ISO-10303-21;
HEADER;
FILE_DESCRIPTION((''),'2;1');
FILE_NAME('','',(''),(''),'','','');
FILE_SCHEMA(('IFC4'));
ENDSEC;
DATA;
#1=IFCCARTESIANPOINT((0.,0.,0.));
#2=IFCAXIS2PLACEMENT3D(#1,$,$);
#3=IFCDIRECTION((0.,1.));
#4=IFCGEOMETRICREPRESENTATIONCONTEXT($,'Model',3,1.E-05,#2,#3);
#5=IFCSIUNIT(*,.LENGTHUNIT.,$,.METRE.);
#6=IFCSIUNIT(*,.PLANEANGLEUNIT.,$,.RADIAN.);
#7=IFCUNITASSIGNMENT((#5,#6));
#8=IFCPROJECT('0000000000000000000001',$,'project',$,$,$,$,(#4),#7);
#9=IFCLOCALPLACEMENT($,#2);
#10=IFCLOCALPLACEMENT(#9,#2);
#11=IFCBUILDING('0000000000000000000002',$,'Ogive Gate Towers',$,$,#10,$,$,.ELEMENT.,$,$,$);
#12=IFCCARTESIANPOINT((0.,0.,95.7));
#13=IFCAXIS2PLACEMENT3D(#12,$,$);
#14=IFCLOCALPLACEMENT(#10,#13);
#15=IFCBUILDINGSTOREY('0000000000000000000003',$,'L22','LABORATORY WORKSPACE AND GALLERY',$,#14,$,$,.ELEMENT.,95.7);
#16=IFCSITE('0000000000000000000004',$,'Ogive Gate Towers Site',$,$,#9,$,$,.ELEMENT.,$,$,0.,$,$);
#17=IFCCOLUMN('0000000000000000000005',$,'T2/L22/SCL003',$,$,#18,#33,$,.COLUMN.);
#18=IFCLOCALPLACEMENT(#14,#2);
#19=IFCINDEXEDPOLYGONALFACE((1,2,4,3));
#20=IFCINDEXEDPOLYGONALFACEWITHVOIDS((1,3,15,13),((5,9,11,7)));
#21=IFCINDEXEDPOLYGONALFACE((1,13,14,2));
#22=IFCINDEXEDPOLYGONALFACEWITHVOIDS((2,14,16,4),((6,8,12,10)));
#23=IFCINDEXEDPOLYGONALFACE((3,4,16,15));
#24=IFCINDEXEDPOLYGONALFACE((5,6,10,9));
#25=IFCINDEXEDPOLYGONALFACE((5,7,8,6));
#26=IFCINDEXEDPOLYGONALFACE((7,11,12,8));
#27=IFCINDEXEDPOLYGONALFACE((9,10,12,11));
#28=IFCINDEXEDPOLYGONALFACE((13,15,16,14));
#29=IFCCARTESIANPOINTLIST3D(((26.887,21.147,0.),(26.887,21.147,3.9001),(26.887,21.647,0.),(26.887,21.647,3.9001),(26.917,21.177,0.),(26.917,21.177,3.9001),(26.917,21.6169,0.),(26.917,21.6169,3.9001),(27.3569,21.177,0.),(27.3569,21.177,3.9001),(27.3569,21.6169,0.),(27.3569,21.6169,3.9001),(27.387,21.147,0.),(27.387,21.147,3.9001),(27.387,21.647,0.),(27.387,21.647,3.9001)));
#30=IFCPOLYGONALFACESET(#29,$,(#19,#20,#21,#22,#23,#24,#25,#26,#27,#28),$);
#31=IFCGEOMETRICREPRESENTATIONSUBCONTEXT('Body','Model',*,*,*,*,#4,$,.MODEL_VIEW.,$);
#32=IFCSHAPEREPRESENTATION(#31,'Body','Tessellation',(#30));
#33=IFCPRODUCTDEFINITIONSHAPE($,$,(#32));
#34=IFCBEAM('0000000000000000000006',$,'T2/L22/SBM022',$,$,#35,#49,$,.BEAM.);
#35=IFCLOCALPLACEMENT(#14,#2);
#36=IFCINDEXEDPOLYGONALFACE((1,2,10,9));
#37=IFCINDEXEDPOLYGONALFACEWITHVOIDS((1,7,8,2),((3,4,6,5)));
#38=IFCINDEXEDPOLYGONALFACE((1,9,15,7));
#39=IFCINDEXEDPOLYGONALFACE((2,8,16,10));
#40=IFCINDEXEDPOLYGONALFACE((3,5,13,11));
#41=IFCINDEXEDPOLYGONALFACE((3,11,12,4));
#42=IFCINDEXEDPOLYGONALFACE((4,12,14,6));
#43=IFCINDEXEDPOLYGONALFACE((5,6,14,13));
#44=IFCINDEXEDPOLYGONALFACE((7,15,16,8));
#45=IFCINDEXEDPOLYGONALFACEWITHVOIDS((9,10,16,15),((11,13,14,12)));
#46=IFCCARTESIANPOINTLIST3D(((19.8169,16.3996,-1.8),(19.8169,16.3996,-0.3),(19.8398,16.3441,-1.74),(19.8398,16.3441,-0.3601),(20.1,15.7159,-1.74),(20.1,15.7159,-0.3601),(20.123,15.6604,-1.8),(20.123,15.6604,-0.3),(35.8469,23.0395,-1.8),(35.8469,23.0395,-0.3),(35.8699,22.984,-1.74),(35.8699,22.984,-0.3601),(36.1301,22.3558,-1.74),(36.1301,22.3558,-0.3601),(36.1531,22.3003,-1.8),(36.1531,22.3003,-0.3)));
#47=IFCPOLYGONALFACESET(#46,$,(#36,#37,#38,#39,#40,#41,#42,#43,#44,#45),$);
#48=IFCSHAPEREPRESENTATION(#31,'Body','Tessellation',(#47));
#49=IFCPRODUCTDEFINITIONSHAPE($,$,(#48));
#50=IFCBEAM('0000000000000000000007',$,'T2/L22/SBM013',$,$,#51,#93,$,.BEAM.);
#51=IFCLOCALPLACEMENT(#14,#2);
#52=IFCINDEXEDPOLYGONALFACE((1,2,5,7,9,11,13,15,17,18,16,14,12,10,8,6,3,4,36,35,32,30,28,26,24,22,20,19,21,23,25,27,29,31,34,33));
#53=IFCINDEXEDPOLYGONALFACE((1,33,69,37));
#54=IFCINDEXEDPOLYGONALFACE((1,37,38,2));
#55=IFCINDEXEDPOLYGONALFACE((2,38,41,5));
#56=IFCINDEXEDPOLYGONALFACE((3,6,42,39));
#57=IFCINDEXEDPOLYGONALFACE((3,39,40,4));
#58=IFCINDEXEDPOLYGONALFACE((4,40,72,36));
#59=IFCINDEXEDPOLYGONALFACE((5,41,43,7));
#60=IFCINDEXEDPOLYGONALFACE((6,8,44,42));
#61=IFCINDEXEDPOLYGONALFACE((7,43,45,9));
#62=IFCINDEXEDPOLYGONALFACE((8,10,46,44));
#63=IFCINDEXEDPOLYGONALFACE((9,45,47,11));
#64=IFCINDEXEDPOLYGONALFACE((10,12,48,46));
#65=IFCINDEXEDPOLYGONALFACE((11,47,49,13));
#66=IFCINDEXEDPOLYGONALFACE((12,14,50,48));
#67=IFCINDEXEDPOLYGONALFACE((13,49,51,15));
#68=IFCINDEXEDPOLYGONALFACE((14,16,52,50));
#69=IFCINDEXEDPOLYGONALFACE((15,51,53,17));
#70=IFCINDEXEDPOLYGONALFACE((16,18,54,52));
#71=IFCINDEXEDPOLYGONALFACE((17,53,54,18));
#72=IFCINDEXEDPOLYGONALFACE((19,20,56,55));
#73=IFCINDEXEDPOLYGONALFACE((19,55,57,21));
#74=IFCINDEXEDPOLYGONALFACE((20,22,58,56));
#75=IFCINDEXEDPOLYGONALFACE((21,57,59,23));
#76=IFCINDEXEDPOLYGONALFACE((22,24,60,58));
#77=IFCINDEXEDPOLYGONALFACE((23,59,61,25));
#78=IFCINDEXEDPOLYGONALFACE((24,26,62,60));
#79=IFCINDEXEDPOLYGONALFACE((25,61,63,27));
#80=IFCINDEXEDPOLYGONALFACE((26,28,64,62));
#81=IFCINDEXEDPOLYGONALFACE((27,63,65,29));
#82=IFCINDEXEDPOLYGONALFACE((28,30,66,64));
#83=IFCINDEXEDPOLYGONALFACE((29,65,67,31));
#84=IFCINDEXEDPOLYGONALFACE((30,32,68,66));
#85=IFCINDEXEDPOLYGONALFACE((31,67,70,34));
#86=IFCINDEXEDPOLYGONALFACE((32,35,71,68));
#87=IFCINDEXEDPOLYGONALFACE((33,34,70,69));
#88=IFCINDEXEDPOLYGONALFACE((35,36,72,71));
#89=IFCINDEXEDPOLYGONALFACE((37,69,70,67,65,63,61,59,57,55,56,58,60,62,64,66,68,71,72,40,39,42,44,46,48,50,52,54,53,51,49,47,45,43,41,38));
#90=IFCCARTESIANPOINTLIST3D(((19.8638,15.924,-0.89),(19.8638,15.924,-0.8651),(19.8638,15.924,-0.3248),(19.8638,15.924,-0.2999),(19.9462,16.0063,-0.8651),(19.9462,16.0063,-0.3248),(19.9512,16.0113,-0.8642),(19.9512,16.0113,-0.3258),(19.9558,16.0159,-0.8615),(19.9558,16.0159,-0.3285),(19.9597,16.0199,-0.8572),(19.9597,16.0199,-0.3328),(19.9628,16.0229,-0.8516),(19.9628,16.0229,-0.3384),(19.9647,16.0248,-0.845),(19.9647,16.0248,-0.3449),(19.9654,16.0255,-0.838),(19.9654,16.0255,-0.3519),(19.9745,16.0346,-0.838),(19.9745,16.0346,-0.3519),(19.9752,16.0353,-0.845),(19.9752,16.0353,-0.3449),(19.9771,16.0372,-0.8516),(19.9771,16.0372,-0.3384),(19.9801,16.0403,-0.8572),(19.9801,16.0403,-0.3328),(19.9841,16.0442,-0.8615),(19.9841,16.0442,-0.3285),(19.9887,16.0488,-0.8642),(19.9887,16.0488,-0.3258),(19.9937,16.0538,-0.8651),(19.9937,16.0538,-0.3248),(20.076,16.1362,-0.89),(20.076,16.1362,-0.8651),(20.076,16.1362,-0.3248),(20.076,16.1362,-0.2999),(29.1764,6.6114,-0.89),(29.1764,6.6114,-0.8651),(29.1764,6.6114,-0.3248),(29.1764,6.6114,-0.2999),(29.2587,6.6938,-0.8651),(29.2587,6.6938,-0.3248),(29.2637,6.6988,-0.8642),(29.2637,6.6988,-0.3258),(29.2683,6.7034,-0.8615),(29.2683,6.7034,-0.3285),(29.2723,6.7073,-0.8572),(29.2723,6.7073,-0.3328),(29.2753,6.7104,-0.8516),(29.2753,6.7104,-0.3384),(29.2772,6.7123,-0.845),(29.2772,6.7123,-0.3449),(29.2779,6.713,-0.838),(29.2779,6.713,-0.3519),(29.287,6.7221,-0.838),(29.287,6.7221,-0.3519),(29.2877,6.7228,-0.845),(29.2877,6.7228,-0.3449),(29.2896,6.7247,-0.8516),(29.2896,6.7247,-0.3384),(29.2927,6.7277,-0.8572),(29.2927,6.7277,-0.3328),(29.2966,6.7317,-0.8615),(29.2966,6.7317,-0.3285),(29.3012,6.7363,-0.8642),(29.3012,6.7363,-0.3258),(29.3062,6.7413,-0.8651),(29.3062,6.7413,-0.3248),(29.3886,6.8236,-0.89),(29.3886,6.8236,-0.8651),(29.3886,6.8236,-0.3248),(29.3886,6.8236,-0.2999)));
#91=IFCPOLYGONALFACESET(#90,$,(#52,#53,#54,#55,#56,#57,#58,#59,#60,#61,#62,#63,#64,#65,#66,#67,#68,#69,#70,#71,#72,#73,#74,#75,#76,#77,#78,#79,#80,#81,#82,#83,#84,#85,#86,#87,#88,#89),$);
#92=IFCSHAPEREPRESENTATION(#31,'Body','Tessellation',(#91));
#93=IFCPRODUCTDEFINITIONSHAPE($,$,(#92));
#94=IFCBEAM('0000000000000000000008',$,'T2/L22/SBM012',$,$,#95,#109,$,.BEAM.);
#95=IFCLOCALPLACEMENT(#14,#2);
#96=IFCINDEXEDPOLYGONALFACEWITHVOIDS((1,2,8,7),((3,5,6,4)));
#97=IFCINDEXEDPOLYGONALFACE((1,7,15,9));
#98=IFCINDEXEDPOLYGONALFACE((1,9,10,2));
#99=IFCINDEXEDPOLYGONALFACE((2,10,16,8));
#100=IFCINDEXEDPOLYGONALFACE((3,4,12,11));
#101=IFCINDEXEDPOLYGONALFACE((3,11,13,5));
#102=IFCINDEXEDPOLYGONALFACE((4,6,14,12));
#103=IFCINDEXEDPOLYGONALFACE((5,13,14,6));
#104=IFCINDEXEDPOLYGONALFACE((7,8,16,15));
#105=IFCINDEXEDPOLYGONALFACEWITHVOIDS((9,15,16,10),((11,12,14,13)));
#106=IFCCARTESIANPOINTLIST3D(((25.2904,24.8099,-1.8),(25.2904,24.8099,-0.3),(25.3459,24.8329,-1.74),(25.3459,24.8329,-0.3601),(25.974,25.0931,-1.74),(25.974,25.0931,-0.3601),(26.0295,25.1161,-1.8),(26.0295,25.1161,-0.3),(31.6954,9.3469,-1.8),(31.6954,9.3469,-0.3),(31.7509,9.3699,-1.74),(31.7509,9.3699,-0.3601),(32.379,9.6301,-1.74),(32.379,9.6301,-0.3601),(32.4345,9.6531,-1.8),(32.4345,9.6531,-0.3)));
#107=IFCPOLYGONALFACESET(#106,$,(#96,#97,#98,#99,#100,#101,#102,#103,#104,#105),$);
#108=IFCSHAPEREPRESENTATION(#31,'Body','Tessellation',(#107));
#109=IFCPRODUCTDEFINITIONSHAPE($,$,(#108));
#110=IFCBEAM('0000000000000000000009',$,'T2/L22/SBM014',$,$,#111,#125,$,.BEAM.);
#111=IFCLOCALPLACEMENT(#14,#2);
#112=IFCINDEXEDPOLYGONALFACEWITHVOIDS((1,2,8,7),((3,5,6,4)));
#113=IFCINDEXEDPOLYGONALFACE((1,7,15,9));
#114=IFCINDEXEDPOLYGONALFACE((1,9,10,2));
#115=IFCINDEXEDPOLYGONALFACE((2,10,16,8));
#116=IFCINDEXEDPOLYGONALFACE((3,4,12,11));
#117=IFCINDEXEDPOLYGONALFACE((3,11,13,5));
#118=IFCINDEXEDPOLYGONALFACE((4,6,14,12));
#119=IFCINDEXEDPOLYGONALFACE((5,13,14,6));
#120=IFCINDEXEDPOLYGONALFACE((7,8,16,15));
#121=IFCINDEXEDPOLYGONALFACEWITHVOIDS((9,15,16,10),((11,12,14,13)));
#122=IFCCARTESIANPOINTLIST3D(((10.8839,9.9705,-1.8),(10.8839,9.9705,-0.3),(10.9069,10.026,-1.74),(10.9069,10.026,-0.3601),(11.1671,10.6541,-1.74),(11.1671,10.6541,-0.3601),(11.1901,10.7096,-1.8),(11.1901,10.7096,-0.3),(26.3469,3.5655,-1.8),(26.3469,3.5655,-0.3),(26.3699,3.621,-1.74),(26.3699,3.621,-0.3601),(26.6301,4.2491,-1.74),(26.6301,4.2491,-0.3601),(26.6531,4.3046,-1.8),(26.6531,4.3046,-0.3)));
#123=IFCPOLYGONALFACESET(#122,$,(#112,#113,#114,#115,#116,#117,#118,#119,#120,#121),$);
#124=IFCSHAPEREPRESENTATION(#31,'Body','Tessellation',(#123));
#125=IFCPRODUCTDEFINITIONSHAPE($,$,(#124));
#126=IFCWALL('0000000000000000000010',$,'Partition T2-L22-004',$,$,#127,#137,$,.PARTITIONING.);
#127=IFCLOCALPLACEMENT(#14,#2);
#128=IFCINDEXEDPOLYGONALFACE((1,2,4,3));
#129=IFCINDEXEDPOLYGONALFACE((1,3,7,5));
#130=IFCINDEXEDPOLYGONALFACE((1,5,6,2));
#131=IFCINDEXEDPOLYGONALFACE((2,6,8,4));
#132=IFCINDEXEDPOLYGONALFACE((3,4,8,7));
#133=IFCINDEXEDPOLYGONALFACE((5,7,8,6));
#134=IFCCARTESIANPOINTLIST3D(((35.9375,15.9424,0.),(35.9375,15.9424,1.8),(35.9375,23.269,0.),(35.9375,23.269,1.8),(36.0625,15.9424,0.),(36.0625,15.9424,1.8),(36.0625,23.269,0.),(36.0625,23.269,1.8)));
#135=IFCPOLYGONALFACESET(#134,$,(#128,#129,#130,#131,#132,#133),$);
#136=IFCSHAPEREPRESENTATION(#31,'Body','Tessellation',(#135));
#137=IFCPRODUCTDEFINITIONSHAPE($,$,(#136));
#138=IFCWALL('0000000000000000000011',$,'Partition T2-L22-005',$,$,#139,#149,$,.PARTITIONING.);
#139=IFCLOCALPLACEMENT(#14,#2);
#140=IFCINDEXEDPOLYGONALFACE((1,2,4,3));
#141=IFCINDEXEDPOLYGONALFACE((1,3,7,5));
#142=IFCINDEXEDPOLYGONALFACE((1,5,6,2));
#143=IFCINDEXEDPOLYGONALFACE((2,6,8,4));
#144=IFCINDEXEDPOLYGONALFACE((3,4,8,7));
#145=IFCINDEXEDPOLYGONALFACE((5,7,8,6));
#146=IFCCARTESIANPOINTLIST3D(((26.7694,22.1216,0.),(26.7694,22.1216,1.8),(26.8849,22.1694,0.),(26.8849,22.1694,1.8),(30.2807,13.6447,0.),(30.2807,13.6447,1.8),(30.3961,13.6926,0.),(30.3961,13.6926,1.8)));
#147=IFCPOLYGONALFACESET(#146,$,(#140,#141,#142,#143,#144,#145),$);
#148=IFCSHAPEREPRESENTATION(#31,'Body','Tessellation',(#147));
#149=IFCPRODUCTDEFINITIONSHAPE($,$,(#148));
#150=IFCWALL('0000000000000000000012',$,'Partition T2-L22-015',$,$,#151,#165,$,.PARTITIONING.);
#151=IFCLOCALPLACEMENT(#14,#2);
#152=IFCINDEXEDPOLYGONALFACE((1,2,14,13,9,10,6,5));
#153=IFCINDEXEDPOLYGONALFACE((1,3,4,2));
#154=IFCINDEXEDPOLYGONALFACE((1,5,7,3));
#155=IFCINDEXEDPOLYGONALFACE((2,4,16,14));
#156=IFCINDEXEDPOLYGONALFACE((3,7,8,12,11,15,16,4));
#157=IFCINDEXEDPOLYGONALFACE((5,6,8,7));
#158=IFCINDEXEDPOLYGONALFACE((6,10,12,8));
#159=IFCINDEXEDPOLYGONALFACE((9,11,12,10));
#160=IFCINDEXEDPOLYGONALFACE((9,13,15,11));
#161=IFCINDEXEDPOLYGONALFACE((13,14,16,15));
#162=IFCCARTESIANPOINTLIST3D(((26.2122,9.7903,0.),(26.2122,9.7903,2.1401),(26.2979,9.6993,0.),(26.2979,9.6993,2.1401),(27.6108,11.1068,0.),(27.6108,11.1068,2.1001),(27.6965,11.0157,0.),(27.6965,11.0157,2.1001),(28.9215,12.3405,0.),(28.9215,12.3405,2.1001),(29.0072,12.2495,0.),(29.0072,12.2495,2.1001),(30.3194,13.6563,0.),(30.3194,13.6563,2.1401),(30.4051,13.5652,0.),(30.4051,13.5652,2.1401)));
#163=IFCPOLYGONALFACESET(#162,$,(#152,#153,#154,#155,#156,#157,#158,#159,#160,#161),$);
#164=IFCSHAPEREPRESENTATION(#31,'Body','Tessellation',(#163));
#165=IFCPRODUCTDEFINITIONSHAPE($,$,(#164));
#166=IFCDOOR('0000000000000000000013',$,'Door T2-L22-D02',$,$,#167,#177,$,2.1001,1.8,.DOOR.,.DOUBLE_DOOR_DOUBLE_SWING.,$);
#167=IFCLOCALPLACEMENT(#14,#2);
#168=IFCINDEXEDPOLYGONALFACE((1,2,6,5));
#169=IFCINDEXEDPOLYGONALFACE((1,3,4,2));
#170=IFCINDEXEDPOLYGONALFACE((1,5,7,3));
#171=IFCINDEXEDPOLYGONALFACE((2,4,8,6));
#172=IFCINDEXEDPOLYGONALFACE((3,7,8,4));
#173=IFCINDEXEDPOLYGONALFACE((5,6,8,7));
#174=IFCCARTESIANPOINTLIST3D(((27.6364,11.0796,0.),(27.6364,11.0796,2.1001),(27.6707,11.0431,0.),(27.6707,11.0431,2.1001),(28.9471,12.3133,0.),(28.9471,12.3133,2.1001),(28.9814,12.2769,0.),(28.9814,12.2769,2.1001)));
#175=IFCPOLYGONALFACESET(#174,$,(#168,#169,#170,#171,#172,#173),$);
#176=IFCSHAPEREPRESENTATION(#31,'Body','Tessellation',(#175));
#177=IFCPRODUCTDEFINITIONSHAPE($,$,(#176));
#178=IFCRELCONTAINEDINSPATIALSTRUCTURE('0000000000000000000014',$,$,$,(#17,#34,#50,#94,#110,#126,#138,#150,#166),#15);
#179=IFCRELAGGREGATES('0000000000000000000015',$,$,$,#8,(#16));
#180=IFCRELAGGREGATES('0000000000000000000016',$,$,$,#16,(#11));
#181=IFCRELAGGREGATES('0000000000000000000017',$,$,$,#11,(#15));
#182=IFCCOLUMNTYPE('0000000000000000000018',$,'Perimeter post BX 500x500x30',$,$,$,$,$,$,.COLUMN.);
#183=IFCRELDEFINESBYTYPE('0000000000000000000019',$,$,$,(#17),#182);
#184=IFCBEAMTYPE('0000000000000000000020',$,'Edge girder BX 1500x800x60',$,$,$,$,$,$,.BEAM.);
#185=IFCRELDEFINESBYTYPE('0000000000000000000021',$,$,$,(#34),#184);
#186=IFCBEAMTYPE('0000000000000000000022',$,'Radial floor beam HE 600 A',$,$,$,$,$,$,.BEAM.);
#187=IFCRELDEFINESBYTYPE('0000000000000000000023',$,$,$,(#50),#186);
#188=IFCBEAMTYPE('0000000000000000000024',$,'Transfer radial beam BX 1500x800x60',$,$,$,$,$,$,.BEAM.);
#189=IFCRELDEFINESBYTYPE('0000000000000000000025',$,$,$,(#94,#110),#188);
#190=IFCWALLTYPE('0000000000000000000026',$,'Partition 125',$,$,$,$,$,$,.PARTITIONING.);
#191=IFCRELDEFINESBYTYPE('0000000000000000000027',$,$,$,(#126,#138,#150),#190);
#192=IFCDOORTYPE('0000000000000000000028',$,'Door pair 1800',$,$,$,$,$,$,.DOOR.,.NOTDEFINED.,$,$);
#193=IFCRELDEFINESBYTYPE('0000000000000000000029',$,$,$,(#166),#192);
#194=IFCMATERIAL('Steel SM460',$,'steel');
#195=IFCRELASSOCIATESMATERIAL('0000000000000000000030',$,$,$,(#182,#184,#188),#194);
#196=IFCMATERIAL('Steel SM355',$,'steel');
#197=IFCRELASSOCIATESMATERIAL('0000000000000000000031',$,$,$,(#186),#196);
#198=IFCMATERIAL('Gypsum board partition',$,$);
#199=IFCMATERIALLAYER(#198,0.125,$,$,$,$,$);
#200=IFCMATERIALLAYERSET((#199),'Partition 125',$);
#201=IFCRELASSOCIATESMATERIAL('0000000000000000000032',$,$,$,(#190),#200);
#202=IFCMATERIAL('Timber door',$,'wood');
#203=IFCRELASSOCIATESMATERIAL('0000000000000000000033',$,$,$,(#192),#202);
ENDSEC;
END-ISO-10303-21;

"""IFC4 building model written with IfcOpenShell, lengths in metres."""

from ifc_helpers import new_model, si_unit, direction, frame, frame_2d, origin, origin_2d, place, context, subcontext, project, spatial, rectangle, hollow_rectangle, i_section, extrude, material, layer, layer_set, material_profile, profile_set, type_object, element, fill, save


model = new_model("IFC4")

# Units and contexts
model_context = context("Model", 3, precision=1e-05, world=origin(), true_north=direction((0.0, 1.0)))
body_context = subcontext(model_context, "Body", "Model", "MODEL_VIEW")
ifc_project = project(units=[si_unit("LENGTHUNIT", "METRE"), si_unit("PLANEANGLEUNIT", "RADIAN")], contexts=[model_context])

# Site, building, storey
site_placement = place(None, origin())
site = spatial("IfcSite", under=ifc_project, at=site_placement, Name="Ogive Gate Towers Site", CompositionType="ELEMENT", RefElevation=0.0)
building_placement = place(site_placement, origin())
building = spatial("IfcBuilding", under=site, at=building_placement, Name="Ogive Gate Towers", CompositionType="ELEMENT")
storey_placement = place(building_placement, frame((0.0, 0.0, 95.7)))
storey = spatial("IfcBuildingStorey", under=building, at=storey_placement, Name="L22", Description="LABORATORY WORKSPACE AND GALLERY", CompositionType="ELEMENT", Elevation=95.7)

# Column
ifc_material_1 = material(Name="Steel SM460", Category="steel")
ifc_material_profile_1 = material_profile(ifc_material_1, hollow_rectangle(XDim=0.5, YDim=0.5, WallThickness=0.03, at=origin_2d()), Name="BX 500x500x30")
ifc_profile_set_1 = profile_set([ifc_material_profile_1], Name="Steel SM460")
column_type = type_object("IfcColumnType", Name="Perimeter post BX 500x500x30", PredefinedType="COLUMN", material=ifc_profile_set_1)
column_placement = place(storey_placement, frame((27.137, 21.397, 0.0), z_axis=(0.0, 0.0, 1.0), x_axis=(1.0, 0.0, 0.0)))
element("IfcColumn", 1, at=column_placement, inside=storey, type_object=column_type, Name="T2/L22/SCL003", PredefinedType="COLUMN", context=body_context, shape_type="SweptSolid", body=[
    extrude(hollow_rectangle(XDim=0.5, YDim=0.5, WallThickness=0.03, at=origin_2d()), origin(), (0.0, 0.0, 1.0), 3.9001),
])

# Beams
ifc_material_profile_2 = material_profile(ifc_material_1, hollow_rectangle(XDim=0.8, YDim=1.5, WallThickness=0.0601, at=origin_2d()), Name="BX 1500x800x60")
ifc_profile_set_2 = profile_set([ifc_material_profile_2], Name="Steel SM460")
beam_type_1 = type_object("IfcBeamType", Name="Edge girder BX 1500x800x60", PredefinedType="BEAM", material=ifc_profile_set_2)
beam_1_placement = place(storey_placement, frame((36.0, 22.6699, -1.05), z_axis=(-0.923879, -0.382685, 0.0), x_axis=(0.382685, -0.923879, 0.0)))
element("IfcBeam", 2, at=beam_1_placement, inside=storey, type_object=beam_type_1, Name="T2/L22/SBM022", PredefinedType="BEAM", context=body_context, shape_type="SweptSolid", body=[
    extrude(hollow_rectangle(XDim=0.8, YDim=1.5, WallThickness=0.0601, at=origin_2d()), origin(), (0.0, 0.0, 1.0), 17.3508),
])
ifc_material_2 = material(Name="Steel SM355", Category="steel")
ifc_material_profile_3 = material_profile(ifc_material_2, i_section(OverallWidth=0.3, OverallDepth=0.5901, WebThickness=0.0129, FlangeThickness=0.0249, FilletRadius=0.0271, at=origin_2d()), Name="HE 600 A")
ifc_profile_set_3 = profile_set([ifc_material_profile_3], Name="Steel SM355")
beam_type_2 = type_object("IfcBeamType", Name="Radial floor beam HE 600 A", PredefinedType="BEAM", material=ifc_profile_set_3)
beam_2_placement = place(storey_placement, frame((29.2825, 6.7175, -0.595), z_axis=(-0.707107, 0.707107, 0.0), x_axis=(-0.707107, -0.707107, 0.0)))
element("IfcBeam", 3, at=beam_2_placement, inside=storey, type_object=beam_type_2, Name="T2/L22/SBM013", PredefinedType="BEAM", context=body_context, shape_type="SweptSolid", body=[
    extrude(i_section(OverallWidth=0.3, OverallDepth=0.5901, WebThickness=0.0129, FlangeThickness=0.0249, FilletRadius=0.0271, at=origin_2d()), origin(), (0.0, 0.0, 1.0), 13.1699),
])
ifc_material_profile_4 = material_profile(ifc_material_1, hollow_rectangle(XDim=0.8, YDim=1.5, WallThickness=0.0601, at=origin_2d()), Name="BX 1500x800x60")
ifc_profile_set_4 = profile_set([ifc_material_profile_4], Name="Steel SM460")
beam_type_3 = type_object("IfcBeamType", Name="Transfer radial beam BX 1500x800x60", PredefinedType="BEAM", material=ifc_profile_set_4)
for number, where, z_axis, x_axis, name in (
    (4, (32.0649, 9.5, -1.05), (-0.382683, 0.92388, 0.0), (-0.92388, -0.382683, 0.0), "T2/L22/SBM012"),
    (5, (26.5, 3.9351, -1.05), (-0.92388, 0.382683, 0.0), (-0.382683, -0.92388, 0.0), "T2/L22/SBM014"),
):
    element("IfcBeam", number, at=place(storey_placement, frame(where, z_axis=z_axis, x_axis=x_axis)), inside=storey, type_object=beam_type_3, Name=name, PredefinedType="BEAM", context=body_context, shape_type="SweptSolid", body=[
        extrude(hollow_rectangle(XDim=0.8, YDim=1.5, WallThickness=0.0601, at=origin_2d()), origin(), (0.0, 0.0, 1.0), 16.7371),
    ])

# Walls
ifc_material_3 = material(Name="Gypsum board partition")
ifc_layer_1 = layer(ifc_material_3, 0.125)
ifc_layer_set_1 = layer_set([ifc_layer_1], Name="Partition 125")
wall_type_1 = type_object("IfcWallType", Name="Partition 125", PredefinedType="PARTITIONING", material=ifc_layer_set_1)
wall_1_placement = place(storey_placement, frame((36.0, 23.269, 0.0), z_axis=(0.0, 0.0, 1.0), x_axis=(0.0, -1.0, 0.0)))
element("IfcWall", 6, at=wall_1_placement, inside=storey, type_object=wall_type_1, Name="Partition T2-L22-004", PredefinedType="PARTITIONING", context=body_context, shape_type="SweptSolid", body=[
    extrude(rectangle(XDim=7.3267, YDim=0.125, at=frame_2d((3.6633, 0.0))), origin(), (0.0, 0.0, 1.0), 1.8),
])
wall_2_placement = place(storey_placement, frame((26.8271, 22.1455, 0.0), z_axis=(0.0, 0.0, 1.0), x_axis=(0.382685, -0.923879, 0.0)))
element("IfcWall", 7, at=wall_2_placement, inside=storey, type_object=wall_type_1, Name="Partition T2-L22-005", PredefinedType="PARTITIONING", context=body_context, shape_type="SweptSolid", body=[
    extrude(rectangle(XDim=9.1753, YDim=0.125, at=frame_2d((4.5876, 0.0))), origin(), (0.0, 0.0, 1.0), 1.8),
])

# Wall, opening, door
wall_3_placement = place(storey_placement, frame((30.3623, 13.6108, 0.0), z_axis=(0.0, 0.0, 1.0), x_axis=(-0.728166, -0.685401, 0.0)))
wall_3 = element("IfcWall", 8, at=wall_3_placement, inside=storey, type_object=wall_type_1, Name="Partition T2-L22-015", PredefinedType="PARTITIONING", context=body_context, shape_type="SweptSolid", body=[
    extrude(rectangle(XDim=5.6404, YDim=0.125, at=frame_2d((2.8203, 0.0))), origin(), (0.0, 0.0, 1.0), 2.1401),
])
opening_1_placement = place(wall_3_placement, frame((1.9199, 0.0, 0.0)))
opening_1 = element("IfcOpeningElement", 9, at=opening_1_placement, cuts=wall_3, PredefinedType="OPENING", context=body_context, shape_type="SweptSolid", body=[
    extrude(rectangle(XDim=1.8, YDim=2.1001, at=frame_2d((0.8999, 1.05))), frame((0.0, 0.0725, 0.0), z_axis=(0.0, -1.0, 0.0), x_axis=(1.0, 0.0, 0.0)), (0.0, 0.0, 1.0), 0.145),
])
ifc_material_4 = material(Name="Timber door", Category="wood")
door_type_1 = type_object("IfcDoorType", Name="Door pair 1800", OperationType="NOTDEFINED", PredefinedType="DOOR", material=ifc_material_4)
door_1_placement = place(opening_1_placement, origin())
door_1 = element("IfcDoor", 10, at=door_1_placement, inside=storey, type_object=door_type_1, Name="Door T2-L22-D02", OperationType="DOUBLE_DOOR_DOUBLE_SWING", OverallHeight=2.1001, OverallWidth=1.8, PredefinedType="DOOR", context=body_context, shape_type="SweptSolid", body=[
    extrude(rectangle(XDim=1.8, YDim=2.1001, at=frame_2d((0.8999, 1.05))), frame((0.0, 0.0249, 0.0), z_axis=(0.0, -1.0, 0.0), x_axis=(1.0, 0.0, 0.0)), (0.0, 0.0, 1.0), 0.05),
])
fill(opening_1, door_1)

save(model, "model.ifc")
